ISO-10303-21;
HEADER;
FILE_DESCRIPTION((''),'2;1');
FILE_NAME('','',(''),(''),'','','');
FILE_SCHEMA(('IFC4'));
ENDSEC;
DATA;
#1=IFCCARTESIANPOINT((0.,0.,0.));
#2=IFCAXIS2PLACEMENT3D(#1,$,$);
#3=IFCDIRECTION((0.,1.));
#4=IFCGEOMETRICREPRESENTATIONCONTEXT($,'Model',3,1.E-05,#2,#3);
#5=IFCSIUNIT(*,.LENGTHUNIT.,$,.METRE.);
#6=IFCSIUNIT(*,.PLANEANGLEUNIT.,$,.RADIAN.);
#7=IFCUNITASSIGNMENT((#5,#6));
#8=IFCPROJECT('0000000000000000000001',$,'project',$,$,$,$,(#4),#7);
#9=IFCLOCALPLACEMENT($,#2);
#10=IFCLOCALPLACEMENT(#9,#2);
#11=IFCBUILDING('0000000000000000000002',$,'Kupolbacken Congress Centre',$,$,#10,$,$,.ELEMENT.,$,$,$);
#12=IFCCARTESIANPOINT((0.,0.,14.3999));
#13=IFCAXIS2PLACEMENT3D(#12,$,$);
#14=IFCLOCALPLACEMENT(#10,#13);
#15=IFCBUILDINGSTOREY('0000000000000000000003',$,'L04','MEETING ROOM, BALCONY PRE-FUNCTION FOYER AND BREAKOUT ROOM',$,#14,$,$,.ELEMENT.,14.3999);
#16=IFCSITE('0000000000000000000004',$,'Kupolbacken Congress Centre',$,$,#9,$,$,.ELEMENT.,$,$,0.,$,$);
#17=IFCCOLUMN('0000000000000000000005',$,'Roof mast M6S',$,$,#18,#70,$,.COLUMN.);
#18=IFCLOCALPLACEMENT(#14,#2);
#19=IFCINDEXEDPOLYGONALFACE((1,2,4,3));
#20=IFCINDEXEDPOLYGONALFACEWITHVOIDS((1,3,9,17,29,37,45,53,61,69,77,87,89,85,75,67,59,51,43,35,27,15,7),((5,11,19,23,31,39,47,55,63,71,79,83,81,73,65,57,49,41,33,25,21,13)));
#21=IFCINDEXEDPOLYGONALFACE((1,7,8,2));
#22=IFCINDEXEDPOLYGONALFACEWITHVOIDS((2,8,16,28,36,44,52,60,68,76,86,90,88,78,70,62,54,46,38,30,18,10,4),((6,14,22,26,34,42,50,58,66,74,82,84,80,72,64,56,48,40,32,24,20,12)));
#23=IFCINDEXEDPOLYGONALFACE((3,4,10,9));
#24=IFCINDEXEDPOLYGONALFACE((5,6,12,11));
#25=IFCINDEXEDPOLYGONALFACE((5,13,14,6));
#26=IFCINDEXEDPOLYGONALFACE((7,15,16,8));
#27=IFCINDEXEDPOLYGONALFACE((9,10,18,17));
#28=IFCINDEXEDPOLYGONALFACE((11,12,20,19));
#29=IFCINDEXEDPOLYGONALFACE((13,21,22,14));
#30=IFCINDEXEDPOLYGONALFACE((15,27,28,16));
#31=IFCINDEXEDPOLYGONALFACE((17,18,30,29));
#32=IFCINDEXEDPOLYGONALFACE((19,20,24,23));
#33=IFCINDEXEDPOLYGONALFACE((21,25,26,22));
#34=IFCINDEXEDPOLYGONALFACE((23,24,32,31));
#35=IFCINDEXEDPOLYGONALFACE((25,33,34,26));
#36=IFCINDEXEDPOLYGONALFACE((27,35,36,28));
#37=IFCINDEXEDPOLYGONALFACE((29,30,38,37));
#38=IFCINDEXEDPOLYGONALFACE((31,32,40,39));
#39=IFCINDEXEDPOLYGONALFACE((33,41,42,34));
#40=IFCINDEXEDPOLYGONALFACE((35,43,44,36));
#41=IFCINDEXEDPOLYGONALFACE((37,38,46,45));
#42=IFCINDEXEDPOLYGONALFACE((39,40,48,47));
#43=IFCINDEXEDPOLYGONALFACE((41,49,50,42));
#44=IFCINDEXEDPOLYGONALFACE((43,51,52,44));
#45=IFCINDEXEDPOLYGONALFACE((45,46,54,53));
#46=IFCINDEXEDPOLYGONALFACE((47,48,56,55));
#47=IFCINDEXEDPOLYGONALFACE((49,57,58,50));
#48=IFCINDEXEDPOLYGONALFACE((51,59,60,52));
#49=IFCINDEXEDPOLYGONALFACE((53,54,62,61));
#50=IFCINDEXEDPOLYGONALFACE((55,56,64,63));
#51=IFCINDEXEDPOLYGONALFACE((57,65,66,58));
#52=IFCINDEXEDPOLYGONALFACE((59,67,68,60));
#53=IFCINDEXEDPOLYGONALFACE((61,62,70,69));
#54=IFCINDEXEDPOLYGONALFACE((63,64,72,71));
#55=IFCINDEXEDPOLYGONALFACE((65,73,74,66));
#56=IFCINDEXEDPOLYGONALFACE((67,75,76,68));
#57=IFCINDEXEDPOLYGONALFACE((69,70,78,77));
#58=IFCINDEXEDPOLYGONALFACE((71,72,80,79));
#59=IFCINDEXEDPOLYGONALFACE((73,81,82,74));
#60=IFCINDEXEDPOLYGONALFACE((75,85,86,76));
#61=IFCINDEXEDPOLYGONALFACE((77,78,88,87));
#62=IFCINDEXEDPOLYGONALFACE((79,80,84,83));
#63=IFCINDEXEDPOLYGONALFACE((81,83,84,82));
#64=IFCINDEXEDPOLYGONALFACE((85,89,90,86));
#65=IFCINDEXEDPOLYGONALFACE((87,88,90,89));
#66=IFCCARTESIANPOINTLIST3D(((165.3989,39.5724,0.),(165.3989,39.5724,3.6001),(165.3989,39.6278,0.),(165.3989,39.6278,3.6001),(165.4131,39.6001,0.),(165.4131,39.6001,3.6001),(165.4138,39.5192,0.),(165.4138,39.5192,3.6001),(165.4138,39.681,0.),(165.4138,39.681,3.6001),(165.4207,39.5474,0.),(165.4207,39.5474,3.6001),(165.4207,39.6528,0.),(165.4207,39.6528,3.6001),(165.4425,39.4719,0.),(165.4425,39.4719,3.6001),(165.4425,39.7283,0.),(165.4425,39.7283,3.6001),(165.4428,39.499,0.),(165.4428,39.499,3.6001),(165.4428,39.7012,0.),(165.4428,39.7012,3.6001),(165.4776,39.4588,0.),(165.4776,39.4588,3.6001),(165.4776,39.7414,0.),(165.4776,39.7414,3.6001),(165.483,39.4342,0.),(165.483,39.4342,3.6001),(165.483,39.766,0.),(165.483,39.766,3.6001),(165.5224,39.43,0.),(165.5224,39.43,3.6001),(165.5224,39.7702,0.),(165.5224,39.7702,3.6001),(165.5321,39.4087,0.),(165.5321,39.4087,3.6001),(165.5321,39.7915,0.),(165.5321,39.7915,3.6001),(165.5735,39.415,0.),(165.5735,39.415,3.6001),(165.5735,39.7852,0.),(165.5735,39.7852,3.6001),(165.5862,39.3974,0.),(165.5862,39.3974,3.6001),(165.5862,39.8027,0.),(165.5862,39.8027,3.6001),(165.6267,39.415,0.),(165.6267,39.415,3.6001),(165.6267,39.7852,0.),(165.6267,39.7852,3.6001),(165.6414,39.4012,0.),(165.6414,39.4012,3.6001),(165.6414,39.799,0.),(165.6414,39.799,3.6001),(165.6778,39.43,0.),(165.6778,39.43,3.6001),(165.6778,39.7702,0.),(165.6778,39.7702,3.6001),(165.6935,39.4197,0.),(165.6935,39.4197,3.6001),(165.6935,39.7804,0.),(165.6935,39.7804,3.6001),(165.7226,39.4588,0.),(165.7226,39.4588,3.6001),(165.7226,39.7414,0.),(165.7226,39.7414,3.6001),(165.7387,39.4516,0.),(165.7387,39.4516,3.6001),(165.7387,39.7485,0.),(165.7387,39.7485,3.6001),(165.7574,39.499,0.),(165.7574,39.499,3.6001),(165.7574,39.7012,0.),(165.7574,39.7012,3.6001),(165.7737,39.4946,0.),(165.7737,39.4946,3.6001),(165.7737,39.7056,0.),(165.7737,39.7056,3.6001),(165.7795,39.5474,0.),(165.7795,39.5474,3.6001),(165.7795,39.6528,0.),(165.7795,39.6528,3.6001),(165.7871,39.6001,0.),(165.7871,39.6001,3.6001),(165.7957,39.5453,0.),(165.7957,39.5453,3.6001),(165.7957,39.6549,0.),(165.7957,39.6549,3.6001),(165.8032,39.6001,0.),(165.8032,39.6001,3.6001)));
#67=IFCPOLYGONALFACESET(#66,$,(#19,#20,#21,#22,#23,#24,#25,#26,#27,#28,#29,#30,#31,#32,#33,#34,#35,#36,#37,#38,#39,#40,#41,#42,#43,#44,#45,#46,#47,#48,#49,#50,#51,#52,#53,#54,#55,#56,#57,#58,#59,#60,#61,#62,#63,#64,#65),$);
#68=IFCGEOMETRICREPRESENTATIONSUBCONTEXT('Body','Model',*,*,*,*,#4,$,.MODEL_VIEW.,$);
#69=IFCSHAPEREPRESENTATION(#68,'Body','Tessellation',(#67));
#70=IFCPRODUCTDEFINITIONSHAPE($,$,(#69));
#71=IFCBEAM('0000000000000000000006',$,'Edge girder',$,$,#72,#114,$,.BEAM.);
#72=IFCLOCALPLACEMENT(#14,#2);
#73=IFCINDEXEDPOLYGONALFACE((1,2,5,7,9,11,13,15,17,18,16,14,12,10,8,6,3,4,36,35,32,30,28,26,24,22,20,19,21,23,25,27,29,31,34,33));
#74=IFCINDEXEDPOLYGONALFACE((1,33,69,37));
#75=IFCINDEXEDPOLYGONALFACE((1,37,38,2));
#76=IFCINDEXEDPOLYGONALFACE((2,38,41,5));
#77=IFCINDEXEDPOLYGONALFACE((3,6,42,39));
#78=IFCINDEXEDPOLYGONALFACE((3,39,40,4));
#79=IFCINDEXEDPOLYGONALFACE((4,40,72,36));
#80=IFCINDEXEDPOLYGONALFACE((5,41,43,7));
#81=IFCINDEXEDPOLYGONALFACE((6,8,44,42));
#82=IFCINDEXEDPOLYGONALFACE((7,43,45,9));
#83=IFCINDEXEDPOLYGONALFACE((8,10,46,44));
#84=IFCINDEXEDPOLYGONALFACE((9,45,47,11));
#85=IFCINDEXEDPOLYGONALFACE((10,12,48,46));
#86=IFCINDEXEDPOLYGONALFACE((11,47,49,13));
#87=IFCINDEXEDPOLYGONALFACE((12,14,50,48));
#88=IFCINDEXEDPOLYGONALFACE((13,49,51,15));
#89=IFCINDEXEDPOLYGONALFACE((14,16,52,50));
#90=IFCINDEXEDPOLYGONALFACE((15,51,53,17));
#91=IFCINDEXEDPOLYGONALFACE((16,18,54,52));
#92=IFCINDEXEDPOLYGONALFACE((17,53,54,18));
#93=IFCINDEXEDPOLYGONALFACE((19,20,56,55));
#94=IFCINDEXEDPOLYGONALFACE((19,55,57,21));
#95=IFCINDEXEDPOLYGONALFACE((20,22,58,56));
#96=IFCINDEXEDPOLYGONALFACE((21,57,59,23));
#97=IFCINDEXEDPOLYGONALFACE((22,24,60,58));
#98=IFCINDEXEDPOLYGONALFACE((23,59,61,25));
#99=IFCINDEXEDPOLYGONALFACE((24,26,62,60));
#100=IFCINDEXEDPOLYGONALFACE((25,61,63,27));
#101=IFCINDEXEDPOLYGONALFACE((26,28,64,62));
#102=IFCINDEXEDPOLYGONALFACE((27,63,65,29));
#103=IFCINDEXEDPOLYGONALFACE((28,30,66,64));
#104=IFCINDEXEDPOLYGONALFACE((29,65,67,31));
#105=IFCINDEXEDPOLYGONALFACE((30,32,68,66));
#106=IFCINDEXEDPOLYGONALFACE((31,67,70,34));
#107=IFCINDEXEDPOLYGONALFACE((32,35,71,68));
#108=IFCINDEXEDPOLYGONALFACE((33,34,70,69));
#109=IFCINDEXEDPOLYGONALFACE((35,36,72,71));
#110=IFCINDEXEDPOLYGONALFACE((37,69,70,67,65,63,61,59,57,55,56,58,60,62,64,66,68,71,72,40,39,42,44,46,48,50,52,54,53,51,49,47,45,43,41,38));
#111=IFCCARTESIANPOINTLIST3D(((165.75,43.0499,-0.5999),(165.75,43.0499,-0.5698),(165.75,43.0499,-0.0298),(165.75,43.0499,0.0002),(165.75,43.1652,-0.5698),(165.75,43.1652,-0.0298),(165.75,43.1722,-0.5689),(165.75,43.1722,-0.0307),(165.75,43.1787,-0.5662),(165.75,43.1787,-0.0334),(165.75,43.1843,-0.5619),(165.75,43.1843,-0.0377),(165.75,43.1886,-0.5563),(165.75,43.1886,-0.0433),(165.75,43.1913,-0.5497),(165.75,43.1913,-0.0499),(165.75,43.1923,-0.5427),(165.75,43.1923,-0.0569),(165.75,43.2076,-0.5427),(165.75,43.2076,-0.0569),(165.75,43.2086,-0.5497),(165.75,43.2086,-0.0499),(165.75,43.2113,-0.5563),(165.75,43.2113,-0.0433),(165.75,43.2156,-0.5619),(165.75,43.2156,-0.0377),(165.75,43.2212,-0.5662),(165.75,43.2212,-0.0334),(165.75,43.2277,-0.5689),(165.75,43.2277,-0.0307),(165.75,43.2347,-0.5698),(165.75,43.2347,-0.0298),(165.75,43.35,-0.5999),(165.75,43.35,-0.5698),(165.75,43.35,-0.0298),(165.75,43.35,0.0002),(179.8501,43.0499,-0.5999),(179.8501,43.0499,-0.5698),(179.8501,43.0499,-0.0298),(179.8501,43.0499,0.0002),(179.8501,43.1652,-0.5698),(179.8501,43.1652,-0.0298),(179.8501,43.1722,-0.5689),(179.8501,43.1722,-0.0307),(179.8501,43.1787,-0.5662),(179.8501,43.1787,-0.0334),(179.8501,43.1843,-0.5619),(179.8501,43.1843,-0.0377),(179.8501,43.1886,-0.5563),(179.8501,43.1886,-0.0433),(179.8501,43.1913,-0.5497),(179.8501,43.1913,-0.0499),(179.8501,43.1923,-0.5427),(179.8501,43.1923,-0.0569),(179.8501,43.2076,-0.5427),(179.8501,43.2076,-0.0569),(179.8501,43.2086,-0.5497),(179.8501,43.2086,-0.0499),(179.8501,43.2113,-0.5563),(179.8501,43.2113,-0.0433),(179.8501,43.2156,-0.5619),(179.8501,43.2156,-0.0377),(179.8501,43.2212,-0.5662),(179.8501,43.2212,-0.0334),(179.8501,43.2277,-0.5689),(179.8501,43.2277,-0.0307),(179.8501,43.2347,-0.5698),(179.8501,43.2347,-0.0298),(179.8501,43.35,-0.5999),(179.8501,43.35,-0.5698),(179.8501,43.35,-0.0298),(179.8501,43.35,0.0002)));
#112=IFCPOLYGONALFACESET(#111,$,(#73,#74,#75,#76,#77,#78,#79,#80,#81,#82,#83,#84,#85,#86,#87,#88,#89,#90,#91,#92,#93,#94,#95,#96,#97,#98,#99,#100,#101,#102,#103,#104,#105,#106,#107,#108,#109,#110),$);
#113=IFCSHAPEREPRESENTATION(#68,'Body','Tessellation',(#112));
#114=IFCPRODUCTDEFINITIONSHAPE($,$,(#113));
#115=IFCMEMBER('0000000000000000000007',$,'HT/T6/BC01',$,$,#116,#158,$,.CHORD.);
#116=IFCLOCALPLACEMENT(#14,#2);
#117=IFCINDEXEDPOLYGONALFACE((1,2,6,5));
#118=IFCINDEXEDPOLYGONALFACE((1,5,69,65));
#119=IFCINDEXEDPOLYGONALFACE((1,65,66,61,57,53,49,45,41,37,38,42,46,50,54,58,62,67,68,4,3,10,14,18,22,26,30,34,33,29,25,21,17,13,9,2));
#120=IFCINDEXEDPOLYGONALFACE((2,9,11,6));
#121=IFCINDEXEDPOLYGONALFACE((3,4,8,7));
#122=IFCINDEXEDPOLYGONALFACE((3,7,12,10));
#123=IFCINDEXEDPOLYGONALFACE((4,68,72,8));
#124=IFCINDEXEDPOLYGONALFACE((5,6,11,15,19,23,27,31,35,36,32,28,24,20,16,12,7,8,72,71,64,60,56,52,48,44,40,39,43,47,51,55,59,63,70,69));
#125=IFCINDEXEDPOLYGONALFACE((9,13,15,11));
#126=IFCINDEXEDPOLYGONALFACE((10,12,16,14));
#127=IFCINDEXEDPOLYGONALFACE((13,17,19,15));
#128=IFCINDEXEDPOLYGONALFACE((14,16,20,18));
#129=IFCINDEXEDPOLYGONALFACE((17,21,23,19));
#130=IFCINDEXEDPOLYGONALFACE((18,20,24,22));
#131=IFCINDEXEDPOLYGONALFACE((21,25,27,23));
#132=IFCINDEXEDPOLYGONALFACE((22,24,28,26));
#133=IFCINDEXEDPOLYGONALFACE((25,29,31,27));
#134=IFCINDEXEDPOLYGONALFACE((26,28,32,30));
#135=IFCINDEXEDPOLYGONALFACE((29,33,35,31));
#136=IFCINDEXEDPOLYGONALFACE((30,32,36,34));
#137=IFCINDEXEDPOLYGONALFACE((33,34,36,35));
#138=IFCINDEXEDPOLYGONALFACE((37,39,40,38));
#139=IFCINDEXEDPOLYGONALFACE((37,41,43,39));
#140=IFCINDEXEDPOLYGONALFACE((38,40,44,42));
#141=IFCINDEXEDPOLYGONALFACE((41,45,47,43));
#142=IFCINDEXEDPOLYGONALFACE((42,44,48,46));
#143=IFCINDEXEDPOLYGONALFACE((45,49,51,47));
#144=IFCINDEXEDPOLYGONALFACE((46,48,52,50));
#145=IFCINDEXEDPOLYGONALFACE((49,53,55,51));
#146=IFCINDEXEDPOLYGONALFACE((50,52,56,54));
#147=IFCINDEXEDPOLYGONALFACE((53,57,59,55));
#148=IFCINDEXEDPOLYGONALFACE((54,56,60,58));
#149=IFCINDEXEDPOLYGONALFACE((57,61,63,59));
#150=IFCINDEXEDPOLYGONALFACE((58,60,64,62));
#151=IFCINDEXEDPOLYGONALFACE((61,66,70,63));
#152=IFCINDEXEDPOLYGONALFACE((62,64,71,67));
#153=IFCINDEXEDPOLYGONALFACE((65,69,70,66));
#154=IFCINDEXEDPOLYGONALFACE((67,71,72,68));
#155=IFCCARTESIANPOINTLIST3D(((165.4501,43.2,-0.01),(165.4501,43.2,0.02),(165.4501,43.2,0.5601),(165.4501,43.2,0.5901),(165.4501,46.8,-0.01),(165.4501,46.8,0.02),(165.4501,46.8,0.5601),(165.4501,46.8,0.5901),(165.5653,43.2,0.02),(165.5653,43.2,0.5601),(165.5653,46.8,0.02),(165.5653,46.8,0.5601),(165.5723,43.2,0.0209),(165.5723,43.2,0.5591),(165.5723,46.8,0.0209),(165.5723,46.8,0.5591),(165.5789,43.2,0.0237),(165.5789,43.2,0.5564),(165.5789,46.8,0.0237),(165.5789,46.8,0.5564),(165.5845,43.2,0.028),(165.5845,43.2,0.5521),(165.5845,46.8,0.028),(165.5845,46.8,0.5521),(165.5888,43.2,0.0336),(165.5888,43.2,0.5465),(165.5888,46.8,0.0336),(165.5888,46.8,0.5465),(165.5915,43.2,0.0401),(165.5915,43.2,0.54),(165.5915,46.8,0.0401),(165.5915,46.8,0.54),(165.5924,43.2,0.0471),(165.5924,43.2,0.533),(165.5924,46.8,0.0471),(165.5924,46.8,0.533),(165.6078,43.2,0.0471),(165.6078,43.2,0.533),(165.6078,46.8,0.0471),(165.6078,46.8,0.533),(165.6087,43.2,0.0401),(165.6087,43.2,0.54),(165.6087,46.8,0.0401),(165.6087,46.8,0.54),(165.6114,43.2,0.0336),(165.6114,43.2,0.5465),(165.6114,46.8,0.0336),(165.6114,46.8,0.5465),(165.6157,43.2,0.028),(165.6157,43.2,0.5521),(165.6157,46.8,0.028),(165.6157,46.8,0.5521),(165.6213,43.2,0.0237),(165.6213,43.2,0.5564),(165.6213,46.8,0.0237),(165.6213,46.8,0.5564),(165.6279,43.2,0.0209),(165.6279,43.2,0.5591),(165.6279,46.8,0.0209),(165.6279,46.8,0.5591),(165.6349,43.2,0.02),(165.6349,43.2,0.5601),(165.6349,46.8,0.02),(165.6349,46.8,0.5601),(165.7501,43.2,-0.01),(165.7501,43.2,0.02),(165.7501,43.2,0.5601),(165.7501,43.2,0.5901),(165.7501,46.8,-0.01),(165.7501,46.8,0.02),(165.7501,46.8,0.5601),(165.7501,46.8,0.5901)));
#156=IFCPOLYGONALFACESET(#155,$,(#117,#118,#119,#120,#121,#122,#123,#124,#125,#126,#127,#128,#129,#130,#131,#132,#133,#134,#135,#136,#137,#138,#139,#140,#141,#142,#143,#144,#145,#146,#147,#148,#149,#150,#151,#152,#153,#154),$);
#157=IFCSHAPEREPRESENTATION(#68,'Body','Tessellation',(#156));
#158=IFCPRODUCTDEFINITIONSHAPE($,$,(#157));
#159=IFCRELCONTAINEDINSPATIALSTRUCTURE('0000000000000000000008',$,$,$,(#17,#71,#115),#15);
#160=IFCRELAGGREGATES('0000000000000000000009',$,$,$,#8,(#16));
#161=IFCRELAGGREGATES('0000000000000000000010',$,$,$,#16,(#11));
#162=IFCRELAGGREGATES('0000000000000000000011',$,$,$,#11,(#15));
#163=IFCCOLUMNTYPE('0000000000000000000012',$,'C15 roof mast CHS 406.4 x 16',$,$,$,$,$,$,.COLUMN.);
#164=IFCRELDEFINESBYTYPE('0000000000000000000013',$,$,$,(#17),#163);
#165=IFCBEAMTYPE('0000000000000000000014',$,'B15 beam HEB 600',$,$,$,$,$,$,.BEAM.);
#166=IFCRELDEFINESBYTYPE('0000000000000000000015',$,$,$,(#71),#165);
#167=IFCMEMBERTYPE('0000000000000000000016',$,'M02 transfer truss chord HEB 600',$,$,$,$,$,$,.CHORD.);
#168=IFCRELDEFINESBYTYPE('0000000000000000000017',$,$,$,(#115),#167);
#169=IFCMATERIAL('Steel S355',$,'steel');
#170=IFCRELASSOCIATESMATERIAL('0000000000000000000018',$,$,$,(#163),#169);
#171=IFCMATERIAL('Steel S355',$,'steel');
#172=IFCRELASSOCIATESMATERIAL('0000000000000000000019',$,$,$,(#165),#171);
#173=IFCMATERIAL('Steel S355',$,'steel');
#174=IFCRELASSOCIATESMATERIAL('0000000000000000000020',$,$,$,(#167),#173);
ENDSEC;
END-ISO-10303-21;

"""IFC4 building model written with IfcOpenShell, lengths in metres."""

from ifc_helpers import new_model, si_unit, direction, frame, origin, origin_2d, place, context, subcontext, project, spatial, hollow_circle, i_section, extrude, material, material_profile, profile_set, type_object, element, save


model = new_model("IFC4")

# Units and contexts
model_context = context("Model", 3, precision=1e-05, world=origin(), true_north=direction((0.0, 1.0)))
body_context = subcontext(model_context, "Body", "Model", "MODEL_VIEW")
ifc_project = project(units=[si_unit("LENGTHUNIT", "METRE"), si_unit("PLANEANGLEUNIT", "RADIAN")], contexts=[model_context])

# Site, building, storey
site_placement = place(None, origin())
site = spatial("IfcSite", under=ifc_project, at=site_placement, Name="Kupolbacken Congress Centre", CompositionType="ELEMENT", RefElevation=0.0)
building_placement = place(site_placement, origin())
building = spatial("IfcBuilding", under=site, at=building_placement, Name="Kupolbacken Congress Centre", CompositionType="ELEMENT")
storey_placement = place(building_placement, frame((0.0, 0.0, 14.3999)))
storey = spatial("IfcBuildingStorey", under=building, at=storey_placement, Name="L04", Description="MEETING ROOM, BALCONY PRE-FUNCTION FOYER AND BREAKOUT ROOM", CompositionType="ELEMENT", Elevation=14.3999)

# Column
ifc_material_1 = material(Name="Steel S355", Category="steel")
ifc_material_profile_1 = material_profile(ifc_material_1, hollow_circle(Radius=0.2031, WallThickness=0.0161, at=origin_2d()), Name="CHS 406.4 x 16")
ifc_profile_set_1 = profile_set([ifc_material_profile_1], Name="Steel S355")
column_type = type_object("IfcColumnType", Name="C15 roof mast CHS 406.4 x 16", PredefinedType="COLUMN", material=ifc_profile_set_1)
column_placement = place(storey_placement, frame((165.6001, 39.6001, 0.0), z_axis=(0.0, 0.0, 1.0), x_axis=(1.0, 0.0, 0.0)))
element("IfcColumn", 1, at=column_placement, inside=storey, type_object=column_type, Name="Roof mast M6S", PredefinedType="COLUMN", context=body_context, shape_type="SweptSolid", body=[
    extrude(hollow_circle(Radius=0.2031, WallThickness=0.0161, at=origin_2d()), origin(), (0.0, 0.0, 1.0), 3.6001),
])

# Beam
ifc_material_2 = material(Name="Steel S355", Category="steel")
ifc_material_profile_2 = material_profile(ifc_material_2, i_section(OverallWidth=0.3, OverallDepth=0.6001, WebThickness=0.0154, FlangeThickness=0.03, FilletRadius=0.0271, at=origin_2d()), Name="HEB 600")
ifc_profile_set_2 = profile_set([ifc_material_profile_2], Name="Steel S355")
beam_type = type_object("IfcBeamType", Name="B15 beam HEB 600", PredefinedType="BEAM", material=ifc_profile_set_2)
beam_placement = place(storey_placement, frame((165.75, 43.2, -0.2998), z_axis=(1.0, 0.0, 0.0), x_axis=(0.0, 1.0, 0.0)))
element("IfcBeam", 2, at=beam_placement, inside=storey, type_object=beam_type, Name="Edge girder", PredefinedType="BEAM", context=body_context, shape_type="SweptSolid", body=[
    extrude(i_section(OverallWidth=0.3, OverallDepth=0.6001, WebThickness=0.0154, FlangeThickness=0.03, FilletRadius=0.0271, at=origin_2d()), origin(), (0.0, 0.0, 1.0), 14.1001),
])

# Member
ifc_material_3 = material(Name="Steel S355", Category="steel")
ifc_material_profile_3 = material_profile(ifc_material_3, i_section(OverallWidth=0.3, OverallDepth=0.6001, WebThickness=0.0154, FlangeThickness=0.03, FilletRadius=0.0271, at=origin_2d()), Name="HEB 600")
ifc_profile_set_3 = profile_set([ifc_material_profile_3], Name="Steel S355")
member_type_1 = type_object("IfcMemberType", Name="M02 transfer truss chord HEB 600", PredefinedType="CHORD", material=ifc_profile_set_3)
member_1_placement = place(storey_placement, frame((165.6001, 43.2, 0.29), z_axis=(0.0, 1.0, 0.0), x_axis=(-1.0, 0.0, 0.0)))
element("IfcMember", 3, at=member_1_placement, inside=storey, type_object=member_type_1, Name="HT/T6/BC01", PredefinedType="CHORD", context=body_context, shape_type="SweptSolid", body=[
    extrude(i_section(OverallWidth=0.3, OverallDepth=0.6001, WebThickness=0.0154, FlangeThickness=0.03, FilletRadius=0.0271, at=origin_2d()), origin(), (0.0, 0.0, 1.0), 3.6001),
])

save(model, "model.ifc")
